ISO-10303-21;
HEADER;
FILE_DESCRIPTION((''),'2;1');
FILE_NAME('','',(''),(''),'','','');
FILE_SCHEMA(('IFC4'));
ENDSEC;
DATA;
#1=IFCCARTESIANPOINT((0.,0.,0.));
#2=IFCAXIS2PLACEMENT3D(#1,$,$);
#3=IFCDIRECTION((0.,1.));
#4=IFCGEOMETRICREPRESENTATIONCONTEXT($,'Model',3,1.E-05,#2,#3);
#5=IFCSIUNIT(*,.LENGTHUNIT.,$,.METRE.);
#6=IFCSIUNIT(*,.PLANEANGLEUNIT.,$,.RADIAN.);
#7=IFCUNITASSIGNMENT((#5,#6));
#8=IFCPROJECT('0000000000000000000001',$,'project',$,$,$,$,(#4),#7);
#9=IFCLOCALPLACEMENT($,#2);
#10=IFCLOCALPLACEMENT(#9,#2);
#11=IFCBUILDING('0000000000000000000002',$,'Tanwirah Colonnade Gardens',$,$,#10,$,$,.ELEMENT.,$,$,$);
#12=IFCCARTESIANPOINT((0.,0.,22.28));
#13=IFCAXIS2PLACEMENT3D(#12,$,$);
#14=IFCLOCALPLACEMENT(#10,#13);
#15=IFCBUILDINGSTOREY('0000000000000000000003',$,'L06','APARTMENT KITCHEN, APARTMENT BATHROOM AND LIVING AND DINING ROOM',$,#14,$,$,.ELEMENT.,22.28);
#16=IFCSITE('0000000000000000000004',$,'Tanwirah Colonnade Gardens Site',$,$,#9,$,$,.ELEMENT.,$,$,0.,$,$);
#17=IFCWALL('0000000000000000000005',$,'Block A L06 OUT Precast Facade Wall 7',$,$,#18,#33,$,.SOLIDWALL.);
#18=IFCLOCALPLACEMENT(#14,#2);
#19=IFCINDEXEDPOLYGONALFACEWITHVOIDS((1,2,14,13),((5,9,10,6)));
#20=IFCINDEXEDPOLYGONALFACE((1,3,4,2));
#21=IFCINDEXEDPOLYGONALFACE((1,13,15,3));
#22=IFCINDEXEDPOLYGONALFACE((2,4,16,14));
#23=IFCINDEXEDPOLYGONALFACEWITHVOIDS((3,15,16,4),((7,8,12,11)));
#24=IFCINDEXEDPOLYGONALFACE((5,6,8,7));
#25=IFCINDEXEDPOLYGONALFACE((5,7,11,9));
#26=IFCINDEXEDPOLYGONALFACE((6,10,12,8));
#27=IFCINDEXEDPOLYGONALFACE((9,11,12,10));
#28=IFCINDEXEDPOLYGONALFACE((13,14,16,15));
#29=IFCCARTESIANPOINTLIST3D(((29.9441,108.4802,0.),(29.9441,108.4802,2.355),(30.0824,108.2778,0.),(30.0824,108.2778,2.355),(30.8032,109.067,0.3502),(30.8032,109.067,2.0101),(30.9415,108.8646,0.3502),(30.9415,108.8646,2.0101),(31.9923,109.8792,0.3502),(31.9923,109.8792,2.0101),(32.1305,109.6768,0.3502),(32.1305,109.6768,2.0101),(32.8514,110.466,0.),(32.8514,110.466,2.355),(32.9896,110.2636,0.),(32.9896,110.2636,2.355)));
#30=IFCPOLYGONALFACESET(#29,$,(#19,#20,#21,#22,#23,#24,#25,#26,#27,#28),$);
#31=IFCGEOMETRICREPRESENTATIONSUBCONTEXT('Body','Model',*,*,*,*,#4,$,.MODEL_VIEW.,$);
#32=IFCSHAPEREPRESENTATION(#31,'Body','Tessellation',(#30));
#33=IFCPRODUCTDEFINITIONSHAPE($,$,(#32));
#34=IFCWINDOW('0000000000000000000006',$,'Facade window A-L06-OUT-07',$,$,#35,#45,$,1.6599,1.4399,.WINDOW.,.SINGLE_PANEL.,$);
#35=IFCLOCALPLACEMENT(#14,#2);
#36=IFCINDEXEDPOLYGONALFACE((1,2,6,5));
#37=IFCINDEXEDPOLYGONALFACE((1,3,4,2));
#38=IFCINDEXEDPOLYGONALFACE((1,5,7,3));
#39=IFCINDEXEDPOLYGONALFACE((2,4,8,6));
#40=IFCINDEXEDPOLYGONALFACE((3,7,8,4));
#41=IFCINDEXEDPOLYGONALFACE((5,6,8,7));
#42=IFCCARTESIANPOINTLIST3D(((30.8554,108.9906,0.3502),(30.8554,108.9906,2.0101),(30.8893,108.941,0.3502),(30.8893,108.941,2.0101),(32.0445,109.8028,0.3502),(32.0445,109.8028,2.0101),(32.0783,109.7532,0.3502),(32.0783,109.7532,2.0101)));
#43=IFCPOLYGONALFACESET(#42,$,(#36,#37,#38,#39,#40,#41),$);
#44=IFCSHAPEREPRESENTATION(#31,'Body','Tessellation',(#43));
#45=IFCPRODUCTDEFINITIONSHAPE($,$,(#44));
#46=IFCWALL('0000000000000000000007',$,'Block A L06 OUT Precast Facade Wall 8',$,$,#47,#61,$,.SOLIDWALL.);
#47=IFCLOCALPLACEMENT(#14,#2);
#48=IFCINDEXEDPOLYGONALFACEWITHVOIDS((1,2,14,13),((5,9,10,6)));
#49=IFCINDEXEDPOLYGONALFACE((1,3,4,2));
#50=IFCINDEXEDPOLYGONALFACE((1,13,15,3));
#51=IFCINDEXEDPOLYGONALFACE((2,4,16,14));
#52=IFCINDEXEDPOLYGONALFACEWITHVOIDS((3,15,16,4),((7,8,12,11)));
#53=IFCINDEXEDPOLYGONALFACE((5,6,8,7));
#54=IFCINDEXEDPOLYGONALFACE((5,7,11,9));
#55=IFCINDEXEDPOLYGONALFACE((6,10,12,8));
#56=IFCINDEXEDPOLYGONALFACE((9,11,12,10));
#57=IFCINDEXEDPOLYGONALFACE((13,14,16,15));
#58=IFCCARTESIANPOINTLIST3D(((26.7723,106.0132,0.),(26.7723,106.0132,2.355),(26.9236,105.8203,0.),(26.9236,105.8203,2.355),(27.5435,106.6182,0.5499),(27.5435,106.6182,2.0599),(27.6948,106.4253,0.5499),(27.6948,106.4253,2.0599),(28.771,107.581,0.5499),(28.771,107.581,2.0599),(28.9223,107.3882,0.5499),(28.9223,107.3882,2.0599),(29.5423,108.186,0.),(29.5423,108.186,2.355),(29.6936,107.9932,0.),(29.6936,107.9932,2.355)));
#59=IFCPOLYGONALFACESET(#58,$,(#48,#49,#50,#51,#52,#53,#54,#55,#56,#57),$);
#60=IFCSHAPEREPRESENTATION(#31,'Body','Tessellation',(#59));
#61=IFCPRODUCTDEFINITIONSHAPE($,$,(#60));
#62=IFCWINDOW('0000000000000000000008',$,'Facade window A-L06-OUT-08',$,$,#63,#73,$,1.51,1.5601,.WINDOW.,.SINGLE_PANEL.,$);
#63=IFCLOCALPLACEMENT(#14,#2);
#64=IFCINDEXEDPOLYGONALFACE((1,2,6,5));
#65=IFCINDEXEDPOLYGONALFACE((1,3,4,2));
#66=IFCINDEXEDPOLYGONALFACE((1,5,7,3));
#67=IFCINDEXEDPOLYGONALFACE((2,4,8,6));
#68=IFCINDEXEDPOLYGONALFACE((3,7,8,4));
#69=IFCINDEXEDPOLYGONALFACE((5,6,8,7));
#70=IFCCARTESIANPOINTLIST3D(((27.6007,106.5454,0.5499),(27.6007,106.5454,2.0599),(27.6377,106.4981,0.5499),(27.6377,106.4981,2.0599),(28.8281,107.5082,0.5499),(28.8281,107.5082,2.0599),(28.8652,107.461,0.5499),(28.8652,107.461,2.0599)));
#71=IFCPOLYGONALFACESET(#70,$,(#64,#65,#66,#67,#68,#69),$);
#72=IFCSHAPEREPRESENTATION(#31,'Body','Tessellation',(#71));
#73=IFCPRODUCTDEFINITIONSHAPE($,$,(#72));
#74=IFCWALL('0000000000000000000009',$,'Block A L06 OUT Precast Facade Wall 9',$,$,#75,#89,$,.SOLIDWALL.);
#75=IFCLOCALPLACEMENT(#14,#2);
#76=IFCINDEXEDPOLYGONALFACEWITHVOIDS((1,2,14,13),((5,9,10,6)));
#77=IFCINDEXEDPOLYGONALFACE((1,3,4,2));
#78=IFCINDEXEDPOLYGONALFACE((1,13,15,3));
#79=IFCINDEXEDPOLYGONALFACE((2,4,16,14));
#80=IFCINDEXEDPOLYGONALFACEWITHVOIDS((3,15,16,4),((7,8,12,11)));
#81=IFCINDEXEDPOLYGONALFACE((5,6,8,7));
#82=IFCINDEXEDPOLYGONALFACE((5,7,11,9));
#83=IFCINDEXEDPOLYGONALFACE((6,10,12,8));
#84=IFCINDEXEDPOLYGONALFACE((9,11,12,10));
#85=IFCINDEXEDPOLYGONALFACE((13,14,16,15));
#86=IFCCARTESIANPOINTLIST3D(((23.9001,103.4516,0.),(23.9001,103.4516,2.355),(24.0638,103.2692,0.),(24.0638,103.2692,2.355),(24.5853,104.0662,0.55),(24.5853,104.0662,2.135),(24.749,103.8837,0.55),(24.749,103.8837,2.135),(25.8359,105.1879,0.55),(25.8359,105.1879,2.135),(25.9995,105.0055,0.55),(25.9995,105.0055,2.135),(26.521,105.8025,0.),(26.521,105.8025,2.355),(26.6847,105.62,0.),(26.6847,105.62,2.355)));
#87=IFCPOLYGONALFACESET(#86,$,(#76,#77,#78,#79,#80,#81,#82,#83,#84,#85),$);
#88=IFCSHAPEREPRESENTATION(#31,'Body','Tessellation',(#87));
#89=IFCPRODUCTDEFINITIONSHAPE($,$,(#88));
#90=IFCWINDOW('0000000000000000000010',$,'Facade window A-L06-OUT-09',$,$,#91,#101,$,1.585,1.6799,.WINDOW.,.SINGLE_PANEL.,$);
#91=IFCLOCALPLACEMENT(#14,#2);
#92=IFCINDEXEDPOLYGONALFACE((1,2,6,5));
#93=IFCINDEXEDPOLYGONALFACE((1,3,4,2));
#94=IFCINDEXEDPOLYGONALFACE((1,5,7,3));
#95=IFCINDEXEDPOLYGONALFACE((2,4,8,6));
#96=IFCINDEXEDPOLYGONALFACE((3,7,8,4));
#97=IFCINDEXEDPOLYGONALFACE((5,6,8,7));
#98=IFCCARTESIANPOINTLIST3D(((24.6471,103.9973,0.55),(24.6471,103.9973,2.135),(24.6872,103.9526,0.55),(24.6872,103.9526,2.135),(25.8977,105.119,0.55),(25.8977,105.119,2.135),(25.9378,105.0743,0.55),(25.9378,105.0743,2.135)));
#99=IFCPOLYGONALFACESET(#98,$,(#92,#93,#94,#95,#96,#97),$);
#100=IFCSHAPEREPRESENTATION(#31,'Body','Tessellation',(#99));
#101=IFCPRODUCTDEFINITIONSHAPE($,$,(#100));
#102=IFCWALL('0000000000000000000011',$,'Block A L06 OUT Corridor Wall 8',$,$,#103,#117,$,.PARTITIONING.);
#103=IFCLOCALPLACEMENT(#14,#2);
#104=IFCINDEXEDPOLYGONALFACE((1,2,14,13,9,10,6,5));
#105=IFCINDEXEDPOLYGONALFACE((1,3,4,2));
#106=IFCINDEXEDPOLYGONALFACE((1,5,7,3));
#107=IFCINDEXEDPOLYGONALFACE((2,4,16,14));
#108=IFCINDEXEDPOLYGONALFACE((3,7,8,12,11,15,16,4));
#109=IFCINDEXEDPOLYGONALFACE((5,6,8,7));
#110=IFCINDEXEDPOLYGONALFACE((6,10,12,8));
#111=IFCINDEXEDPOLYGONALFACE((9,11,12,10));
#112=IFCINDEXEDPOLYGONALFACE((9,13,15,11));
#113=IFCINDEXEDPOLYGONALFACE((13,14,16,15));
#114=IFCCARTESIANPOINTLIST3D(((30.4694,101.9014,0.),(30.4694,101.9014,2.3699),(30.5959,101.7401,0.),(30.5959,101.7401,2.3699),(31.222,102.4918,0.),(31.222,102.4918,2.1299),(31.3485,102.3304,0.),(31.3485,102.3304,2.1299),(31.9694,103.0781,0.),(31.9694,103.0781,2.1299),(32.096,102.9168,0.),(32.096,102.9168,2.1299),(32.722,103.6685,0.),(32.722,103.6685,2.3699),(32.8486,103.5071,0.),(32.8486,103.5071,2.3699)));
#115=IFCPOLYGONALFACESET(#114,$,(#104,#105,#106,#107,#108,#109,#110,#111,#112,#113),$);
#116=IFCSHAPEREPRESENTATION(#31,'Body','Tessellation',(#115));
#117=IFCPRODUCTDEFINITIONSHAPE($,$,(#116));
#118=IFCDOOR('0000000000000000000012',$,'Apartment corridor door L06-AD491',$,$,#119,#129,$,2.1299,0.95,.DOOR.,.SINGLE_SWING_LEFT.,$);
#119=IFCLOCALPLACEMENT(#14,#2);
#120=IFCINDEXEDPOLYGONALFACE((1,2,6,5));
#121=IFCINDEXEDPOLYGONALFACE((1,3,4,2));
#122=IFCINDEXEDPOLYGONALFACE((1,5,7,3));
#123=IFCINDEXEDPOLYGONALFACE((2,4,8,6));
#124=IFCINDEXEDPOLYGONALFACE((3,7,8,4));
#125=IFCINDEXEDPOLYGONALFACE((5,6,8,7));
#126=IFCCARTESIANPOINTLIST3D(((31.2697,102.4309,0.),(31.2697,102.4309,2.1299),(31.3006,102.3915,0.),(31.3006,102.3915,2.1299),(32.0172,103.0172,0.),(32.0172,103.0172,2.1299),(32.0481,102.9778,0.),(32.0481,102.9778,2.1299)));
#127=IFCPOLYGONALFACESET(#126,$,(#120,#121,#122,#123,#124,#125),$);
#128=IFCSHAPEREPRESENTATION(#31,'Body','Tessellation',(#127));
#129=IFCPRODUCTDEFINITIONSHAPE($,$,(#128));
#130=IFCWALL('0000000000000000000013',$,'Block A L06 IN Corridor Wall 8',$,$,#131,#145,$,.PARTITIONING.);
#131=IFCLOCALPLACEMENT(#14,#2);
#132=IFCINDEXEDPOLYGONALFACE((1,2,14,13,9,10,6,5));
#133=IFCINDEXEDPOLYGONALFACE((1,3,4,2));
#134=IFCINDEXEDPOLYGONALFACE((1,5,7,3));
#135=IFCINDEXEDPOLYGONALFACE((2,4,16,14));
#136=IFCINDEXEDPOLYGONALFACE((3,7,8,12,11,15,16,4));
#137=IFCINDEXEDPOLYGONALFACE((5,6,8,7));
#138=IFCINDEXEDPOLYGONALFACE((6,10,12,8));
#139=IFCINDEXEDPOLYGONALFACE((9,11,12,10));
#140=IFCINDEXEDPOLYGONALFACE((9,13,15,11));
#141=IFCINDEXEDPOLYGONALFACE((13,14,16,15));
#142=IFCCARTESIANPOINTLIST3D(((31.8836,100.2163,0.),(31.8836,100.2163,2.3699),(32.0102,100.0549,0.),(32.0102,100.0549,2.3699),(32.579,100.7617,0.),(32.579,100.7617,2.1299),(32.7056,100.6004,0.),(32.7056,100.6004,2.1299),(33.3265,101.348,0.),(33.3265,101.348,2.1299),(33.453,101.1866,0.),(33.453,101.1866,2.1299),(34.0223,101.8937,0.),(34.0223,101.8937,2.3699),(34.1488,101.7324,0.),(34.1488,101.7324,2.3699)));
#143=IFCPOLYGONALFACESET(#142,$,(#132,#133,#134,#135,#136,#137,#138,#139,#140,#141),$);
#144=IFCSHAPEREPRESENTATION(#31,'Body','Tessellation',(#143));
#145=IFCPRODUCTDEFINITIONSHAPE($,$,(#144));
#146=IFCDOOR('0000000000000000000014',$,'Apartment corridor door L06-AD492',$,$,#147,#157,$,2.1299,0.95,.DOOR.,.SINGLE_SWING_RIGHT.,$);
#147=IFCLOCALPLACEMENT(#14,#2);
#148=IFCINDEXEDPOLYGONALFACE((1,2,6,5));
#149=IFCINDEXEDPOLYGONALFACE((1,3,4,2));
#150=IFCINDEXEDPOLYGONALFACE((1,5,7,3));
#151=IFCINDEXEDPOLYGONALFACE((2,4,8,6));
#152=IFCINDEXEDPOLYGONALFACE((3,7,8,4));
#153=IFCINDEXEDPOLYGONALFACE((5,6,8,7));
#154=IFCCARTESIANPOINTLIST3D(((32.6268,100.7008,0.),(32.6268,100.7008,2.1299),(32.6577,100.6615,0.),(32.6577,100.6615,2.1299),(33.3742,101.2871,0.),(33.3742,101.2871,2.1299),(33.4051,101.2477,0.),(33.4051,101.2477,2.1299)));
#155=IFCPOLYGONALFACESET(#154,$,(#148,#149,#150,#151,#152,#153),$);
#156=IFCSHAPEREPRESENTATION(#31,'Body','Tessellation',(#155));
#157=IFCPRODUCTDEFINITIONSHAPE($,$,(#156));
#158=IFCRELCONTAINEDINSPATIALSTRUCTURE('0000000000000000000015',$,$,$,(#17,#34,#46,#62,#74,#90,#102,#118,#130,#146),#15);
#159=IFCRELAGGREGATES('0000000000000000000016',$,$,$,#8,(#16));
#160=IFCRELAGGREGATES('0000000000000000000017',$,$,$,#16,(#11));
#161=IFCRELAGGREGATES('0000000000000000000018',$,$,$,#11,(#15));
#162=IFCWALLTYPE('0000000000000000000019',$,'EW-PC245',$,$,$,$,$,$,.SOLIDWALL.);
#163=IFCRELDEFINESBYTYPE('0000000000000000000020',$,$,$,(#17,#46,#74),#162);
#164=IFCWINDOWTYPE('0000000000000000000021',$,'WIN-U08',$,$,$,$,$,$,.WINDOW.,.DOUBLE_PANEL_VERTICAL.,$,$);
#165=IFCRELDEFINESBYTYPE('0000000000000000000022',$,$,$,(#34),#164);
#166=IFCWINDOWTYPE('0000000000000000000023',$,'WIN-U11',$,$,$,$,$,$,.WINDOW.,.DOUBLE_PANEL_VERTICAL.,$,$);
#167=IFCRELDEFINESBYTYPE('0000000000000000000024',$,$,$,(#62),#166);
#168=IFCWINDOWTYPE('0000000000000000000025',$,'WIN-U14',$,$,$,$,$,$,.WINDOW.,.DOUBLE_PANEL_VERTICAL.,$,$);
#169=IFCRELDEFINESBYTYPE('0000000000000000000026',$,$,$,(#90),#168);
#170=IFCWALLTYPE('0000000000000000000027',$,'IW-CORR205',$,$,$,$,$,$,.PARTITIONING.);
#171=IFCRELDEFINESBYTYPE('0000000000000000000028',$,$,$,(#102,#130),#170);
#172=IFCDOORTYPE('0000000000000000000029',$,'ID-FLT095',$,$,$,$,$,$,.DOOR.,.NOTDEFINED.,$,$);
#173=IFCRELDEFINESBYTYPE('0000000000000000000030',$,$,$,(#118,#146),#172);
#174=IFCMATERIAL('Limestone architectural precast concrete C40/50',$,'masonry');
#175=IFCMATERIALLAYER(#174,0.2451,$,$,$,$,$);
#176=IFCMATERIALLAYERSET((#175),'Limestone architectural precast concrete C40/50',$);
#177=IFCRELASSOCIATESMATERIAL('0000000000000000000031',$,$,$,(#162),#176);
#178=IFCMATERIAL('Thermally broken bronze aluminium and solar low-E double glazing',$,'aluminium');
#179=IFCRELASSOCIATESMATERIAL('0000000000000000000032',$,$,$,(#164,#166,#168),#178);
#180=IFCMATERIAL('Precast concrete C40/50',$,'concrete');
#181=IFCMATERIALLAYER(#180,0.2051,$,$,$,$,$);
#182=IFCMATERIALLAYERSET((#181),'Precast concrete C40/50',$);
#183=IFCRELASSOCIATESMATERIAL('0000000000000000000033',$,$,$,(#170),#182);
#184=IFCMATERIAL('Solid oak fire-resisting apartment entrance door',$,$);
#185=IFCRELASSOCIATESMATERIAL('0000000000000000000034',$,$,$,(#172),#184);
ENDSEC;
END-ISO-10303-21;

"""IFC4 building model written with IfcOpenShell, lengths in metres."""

from ifc_helpers import new_model, si_unit, direction, frame, frame_2d, origin, place, context, subcontext, project, spatial, rectangle, extrude, material, layer, layer_set, type_object, element, fill, save


model = new_model("IFC4")

# Units and contexts
model_context = context("Model", 3, precision=1e-05, world=origin(), true_north=direction((0.0, 1.0)))
body_context = subcontext(model_context, "Body", "Model", "MODEL_VIEW")
ifc_project = project(units=[si_unit("LENGTHUNIT", "METRE"), si_unit("PLANEANGLEUNIT", "RADIAN")], contexts=[model_context])

# Site, building, storey
site_placement = place(None, origin())
site = spatial("IfcSite", under=ifc_project, at=site_placement, Name="Tanwirah Colonnade Gardens Site", CompositionType="ELEMENT", RefElevation=0.0)
building_placement = place(site_placement, origin())
building = spatial("IfcBuilding", under=site, at=building_placement, Name="Tanwirah Colonnade Gardens", CompositionType="ELEMENT")
storey_placement = place(building_placement, frame((0.0, 0.0, 22.28)))
storey = spatial("IfcBuildingStorey", under=building, at=storey_placement, Name="L06", Description="APARTMENT KITCHEN, APARTMENT BATHROOM AND LIVING AND DINING ROOM", CompositionType="ELEMENT", Elevation=22.28)

# Shared definitions
ifc_material_1 = material(Name="Precast concrete C40/50", Category="concrete")

# Walls, openings, windows
ifc_material_2 = material(Name="Limestone architectural precast concrete C40/50", Category="masonry")
ifc_layer_1 = layer(ifc_material_2, 0.2451)
ifc_layer_set_1 = layer_set([ifc_layer_1], Name="Limestone architectural precast concrete C40/50")
wall_type_1 = type_object("IfcWallType", Name="EW-PC245", PredefinedType="SOLIDWALL", material=ifc_layer_set_1)
wall_1_placement = place(storey_placement, frame((32.9204, 110.3647, 0.0), z_axis=(0.0, 0.0, 1.0), x_axis=(-0.825746, -0.564042, 0.0)))
wall_1 = element("IfcWall", 1, at=wall_1_placement, inside=storey, type_object=wall_type_1, Name="Block A L06 OUT Precast Facade Wall 7", PredefinedType="SOLIDWALL", context=body_context, shape_type="SweptSolid", body=[
    extrude(rectangle(XDim=3.5208, YDim=0.2451, at=frame_2d((1.7603, 0.0))), origin(), (0.0, 0.0, 1.0), 2.355),
])
opening_1_placement = place(wall_1_placement, frame((1.0403, 0.0, 0.3501)))
opening_1 = element("IfcOpeningElement", 2, at=opening_1_placement, cuts=wall_1, PredefinedType="OPENING", context=body_context, shape_type="SweptSolid", body=[
    extrude(rectangle(XDim=1.4399, YDim=1.6599, at=frame_2d((0.72, 0.8301))), frame((0.0, 0.1326, 0.0), z_axis=(0.0, -1.0, 0.0), x_axis=(1.0, 0.0, 0.0)), (0.0, 0.0, 1.0), 0.2651),
])
ifc_material_3 = material(Name="Thermally broken bronze aluminium and solar low-E double glazing", Category="aluminium")
window_type_1 = type_object("IfcWindowType", Name="WIN-U08", PartitioningType="DOUBLE_PANEL_VERTICAL", PredefinedType="WINDOW", material=ifc_material_3)
window_1_placement = place(opening_1_placement, origin())
window_1 = element("IfcWindow", 3, at=window_1_placement, inside=storey, type_object=window_type_1, Name="Facade window A-L06-OUT-07", OverallHeight=1.6599, OverallWidth=1.4399, PartitioningType="SINGLE_PANEL", PredefinedType="WINDOW", context=body_context, shape_type="SweptSolid", body=[
    extrude(rectangle(XDim=1.4399, YDim=1.6599, at=frame_2d((0.72, 0.8301))), frame((0.0, 0.03, 0.0), z_axis=(0.0, -1.0, 0.0), x_axis=(1.0, 0.0, 0.0)), (0.0, 0.0, 1.0), 0.0601),
])
fill(opening_1, window_1)
wall_2_placement = place(storey_placement, frame((29.6179, 108.0896, 0.0), z_axis=(0.0, 0.0, 1.0), x_axis=(-0.786814, -0.61719, 0.0)))
wall_2 = element("IfcWall", 4, at=wall_2_placement, inside=storey, type_object=wall_type_1, Name="Block A L06 OUT Precast Facade Wall 8", PredefinedType="SOLIDWALL", context=body_context, shape_type="SweptSolid", body=[
    extrude(rectangle(XDim=3.5205, YDim=0.2451, at=frame_2d((1.7603, 0.0))), origin(), (0.0, 0.0, 1.0), 2.355),
])
opening_2_placement = place(wall_2_placement, frame((0.9802, 0.0, 0.55)))
opening_2 = element("IfcOpeningElement", 5, at=opening_2_placement, cuts=wall_2, PredefinedType="OPENING", context=body_context, shape_type="SweptSolid", body=[
    extrude(rectangle(XDim=1.5601, YDim=1.51, at=frame_2d((0.78, 0.7549))), frame((0.0, 0.1326, 0.0), z_axis=(0.0, -1.0, 0.0), x_axis=(1.0, 0.0, 0.0)), (0.0, 0.0, 1.0), 0.2651),
])
window_type_2 = type_object("IfcWindowType", Name="WIN-U11", PartitioningType="DOUBLE_PANEL_VERTICAL", PredefinedType="WINDOW", material=ifc_material_3)
window_2_placement = place(opening_2_placement, origin())
window_2 = element("IfcWindow", 6, at=window_2_placement, inside=storey, type_object=window_type_2, Name="Facade window A-L06-OUT-08", OverallHeight=1.51, OverallWidth=1.5601, PartitioningType="SINGLE_PANEL", PredefinedType="WINDOW", context=body_context, shape_type="SweptSolid", body=[
    extrude(rectangle(XDim=1.5601, YDim=1.51, at=frame_2d((0.78, 0.7549))), frame((0.0, 0.03, 0.0), z_axis=(0.0, -1.0, 0.0), x_axis=(1.0, 0.0, 0.0)), (0.0, 0.0, 1.0), 0.0601),
])
fill(opening_2, window_2)
wall_3_placement = place(storey_placement, frame((26.6028, 105.7112, 0.0), z_axis=(0.0, 0.0, 1.0), x_axis=(-0.744414, -0.667719, 0.0)))
wall_3 = element("IfcWall", 7, at=wall_3_placement, inside=storey, type_object=wall_type_1, Name="Block A L06 OUT Precast Facade Wall 9", PredefinedType="SOLIDWALL", context=body_context, shape_type="SweptSolid", body=[
    extrude(rectangle(XDim=3.5208, YDim=0.2451, at=frame_2d((1.7603, 0.0))), origin(), (0.0, 0.0, 1.0), 2.355),
])
opening_3_placement = place(wall_3_placement, frame((0.9204, 0.0, 0.55)))
opening_3 = element("IfcOpeningElement", 8, at=opening_3_placement, cuts=wall_3, PredefinedType="OPENING", context=body_context, shape_type="SweptSolid", body=[
    extrude(rectangle(XDim=1.6799, YDim=1.585, at=frame_2d((0.8398, 0.7925))), frame((0.0, 0.1326, 0.0), z_axis=(0.0, -1.0, 0.0), x_axis=(1.0, 0.0, 0.0)), (0.0, 0.0, 1.0), 0.2651),
])
window_type_3 = type_object("IfcWindowType", Name="WIN-U14", PartitioningType="DOUBLE_PANEL_VERTICAL", PredefinedType="WINDOW", material=ifc_material_3)
window_3_placement = place(opening_3_placement, origin())
window_3 = element("IfcWindow", 9, at=window_3_placement, inside=storey, type_object=window_type_3, Name="Facade window A-L06-OUT-09", OverallHeight=1.585, OverallWidth=1.6799, PartitioningType="SINGLE_PANEL", PredefinedType="WINDOW", context=body_context, shape_type="SweptSolid", body=[
    extrude(rectangle(XDim=1.6799, YDim=1.585, at=frame_2d((0.8398, 0.7925))), frame((0.0, 0.03, 0.0), z_axis=(0.0, -1.0, 0.0), x_axis=(1.0, 0.0, 0.0)), (0.0, 0.0, 1.0), 0.0601),
])
fill(opening_3, window_3)

# Walls, openings, doors
ifc_layer_2 = layer(ifc_material_1, 0.2051)
ifc_layer_set_2 = layer_set([ifc_layer_2], Name="Precast concrete C40/50")
wall_type_2 = type_object("IfcWallType", Name="IW-CORR205", PredefinedType="PARTITIONING", material=ifc_layer_set_2)
wall_4_placement = place(storey_placement, frame((32.7854, 103.5879, 0.0), z_axis=(0.0, 0.0, 1.0), x_axis=(-0.786806, -0.6172, 0.0)))
wall_4 = element("IfcWall", 10, at=wall_4_placement, inside=storey, type_object=wall_type_2, Name="Block A L06 OUT Corridor Wall 8", PredefinedType="PARTITIONING", context=body_context, shape_type="SweptSolid", body=[
    extrude(rectangle(XDim=2.863, YDim=0.2051, at=frame_2d((1.4316, 0.0))), origin(), (0.0, 0.0, 1.0), 2.3699),
])
opening_4_placement = place(wall_4_placement, frame((0.9565, 0.0, 0.0)))
opening_4 = element("IfcOpeningElement", 11, at=opening_4_placement, cuts=wall_4, PredefinedType="OPENING", context=body_context, shape_type="SweptSolid", body=[
    extrude(rectangle(XDim=0.95, YDim=2.1299, at=frame_2d((0.4751, 1.0649))), frame((0.0, 0.1125, 0.0), z_axis=(0.0, -1.0, 0.0), x_axis=(1.0, 0.0, 0.0)), (0.0, 0.0, 1.0), 0.2251),
])
ifc_material_4 = material(Name="Solid oak fire-resisting apartment entrance door")
door_type_1 = type_object("IfcDoorType", Name="ID-FLT095", OperationType="NOTDEFINED", PredefinedType="DOOR", material=ifc_material_4)
door_1_placement = place(opening_4_placement, origin())
door_1 = element("IfcDoor", 12, at=door_1_placement, inside=storey, type_object=door_type_1, Name="Apartment corridor door L06-AD491", OperationType="SINGLE_SWING_LEFT", OverallHeight=2.1299, OverallWidth=0.95, PredefinedType="DOOR", context=body_context, shape_type="SweptSolid", body=[
    extrude(rectangle(XDim=0.95, YDim=2.1299, at=frame_2d((0.4751, 1.0649))), frame((0.0, 0.0249, 0.0), z_axis=(0.0, -1.0, 0.0), x_axis=(1.0, 0.0, 0.0)), (0.0, 0.0, 1.0), 0.05),
])
fill(opening_4, door_1)
wall_5_placement = place(storey_placement, frame((34.0854, 101.813, 0.0), z_axis=(0.0, 0.0, 1.0), x_axis=(-0.786835, -0.617163, 0.0)))
wall_5 = element("IfcWall", 13, at=wall_5_placement, inside=storey, type_object=wall_type_2, Name="Block A L06 IN Corridor Wall 8", PredefinedType="PARTITIONING", context=body_context, shape_type="SweptSolid", body=[
    extrude(rectangle(XDim=2.718, YDim=0.2051, at=frame_2d((1.3589, 0.0))), origin(), (0.0, 0.0, 1.0), 2.3699),
])
opening_5_placement = place(wall_5_placement, frame((0.884, 0.0, 0.0)))
opening_5 = element("IfcOpeningElement", 14, at=opening_5_placement, cuts=wall_5, PredefinedType="OPENING", context=body_context, shape_type="SweptSolid", body=[
    extrude(rectangle(XDim=0.95, YDim=2.1299, at=frame_2d((0.4751, 1.0649))), frame((0.0, 0.1125, 0.0), z_axis=(0.0, -1.0, 0.0), x_axis=(1.0, 0.0, 0.0)), (0.0, 0.0, 1.0), 0.2251),
])
door_2_placement = place(opening_5_placement, origin())
door_2 = element("IfcDoor", 15, at=door_2_placement, inside=storey, type_object=door_type_1, Name="Apartment corridor door L06-AD492", OperationType="SINGLE_SWING_RIGHT", OverallHeight=2.1299, OverallWidth=0.95, PredefinedType="DOOR", context=body_context, shape_type="SweptSolid", body=[
    extrude(rectangle(XDim=0.95, YDim=2.1299, at=frame_2d((0.4751, 1.0649))), frame((0.0, 0.0249, 0.0), z_axis=(0.0, -1.0, 0.0), x_axis=(1.0, 0.0, 0.0)), (0.0, 0.0, 1.0), 0.05),
])
fill(opening_5, door_2)

save(model, "model.ifc")
